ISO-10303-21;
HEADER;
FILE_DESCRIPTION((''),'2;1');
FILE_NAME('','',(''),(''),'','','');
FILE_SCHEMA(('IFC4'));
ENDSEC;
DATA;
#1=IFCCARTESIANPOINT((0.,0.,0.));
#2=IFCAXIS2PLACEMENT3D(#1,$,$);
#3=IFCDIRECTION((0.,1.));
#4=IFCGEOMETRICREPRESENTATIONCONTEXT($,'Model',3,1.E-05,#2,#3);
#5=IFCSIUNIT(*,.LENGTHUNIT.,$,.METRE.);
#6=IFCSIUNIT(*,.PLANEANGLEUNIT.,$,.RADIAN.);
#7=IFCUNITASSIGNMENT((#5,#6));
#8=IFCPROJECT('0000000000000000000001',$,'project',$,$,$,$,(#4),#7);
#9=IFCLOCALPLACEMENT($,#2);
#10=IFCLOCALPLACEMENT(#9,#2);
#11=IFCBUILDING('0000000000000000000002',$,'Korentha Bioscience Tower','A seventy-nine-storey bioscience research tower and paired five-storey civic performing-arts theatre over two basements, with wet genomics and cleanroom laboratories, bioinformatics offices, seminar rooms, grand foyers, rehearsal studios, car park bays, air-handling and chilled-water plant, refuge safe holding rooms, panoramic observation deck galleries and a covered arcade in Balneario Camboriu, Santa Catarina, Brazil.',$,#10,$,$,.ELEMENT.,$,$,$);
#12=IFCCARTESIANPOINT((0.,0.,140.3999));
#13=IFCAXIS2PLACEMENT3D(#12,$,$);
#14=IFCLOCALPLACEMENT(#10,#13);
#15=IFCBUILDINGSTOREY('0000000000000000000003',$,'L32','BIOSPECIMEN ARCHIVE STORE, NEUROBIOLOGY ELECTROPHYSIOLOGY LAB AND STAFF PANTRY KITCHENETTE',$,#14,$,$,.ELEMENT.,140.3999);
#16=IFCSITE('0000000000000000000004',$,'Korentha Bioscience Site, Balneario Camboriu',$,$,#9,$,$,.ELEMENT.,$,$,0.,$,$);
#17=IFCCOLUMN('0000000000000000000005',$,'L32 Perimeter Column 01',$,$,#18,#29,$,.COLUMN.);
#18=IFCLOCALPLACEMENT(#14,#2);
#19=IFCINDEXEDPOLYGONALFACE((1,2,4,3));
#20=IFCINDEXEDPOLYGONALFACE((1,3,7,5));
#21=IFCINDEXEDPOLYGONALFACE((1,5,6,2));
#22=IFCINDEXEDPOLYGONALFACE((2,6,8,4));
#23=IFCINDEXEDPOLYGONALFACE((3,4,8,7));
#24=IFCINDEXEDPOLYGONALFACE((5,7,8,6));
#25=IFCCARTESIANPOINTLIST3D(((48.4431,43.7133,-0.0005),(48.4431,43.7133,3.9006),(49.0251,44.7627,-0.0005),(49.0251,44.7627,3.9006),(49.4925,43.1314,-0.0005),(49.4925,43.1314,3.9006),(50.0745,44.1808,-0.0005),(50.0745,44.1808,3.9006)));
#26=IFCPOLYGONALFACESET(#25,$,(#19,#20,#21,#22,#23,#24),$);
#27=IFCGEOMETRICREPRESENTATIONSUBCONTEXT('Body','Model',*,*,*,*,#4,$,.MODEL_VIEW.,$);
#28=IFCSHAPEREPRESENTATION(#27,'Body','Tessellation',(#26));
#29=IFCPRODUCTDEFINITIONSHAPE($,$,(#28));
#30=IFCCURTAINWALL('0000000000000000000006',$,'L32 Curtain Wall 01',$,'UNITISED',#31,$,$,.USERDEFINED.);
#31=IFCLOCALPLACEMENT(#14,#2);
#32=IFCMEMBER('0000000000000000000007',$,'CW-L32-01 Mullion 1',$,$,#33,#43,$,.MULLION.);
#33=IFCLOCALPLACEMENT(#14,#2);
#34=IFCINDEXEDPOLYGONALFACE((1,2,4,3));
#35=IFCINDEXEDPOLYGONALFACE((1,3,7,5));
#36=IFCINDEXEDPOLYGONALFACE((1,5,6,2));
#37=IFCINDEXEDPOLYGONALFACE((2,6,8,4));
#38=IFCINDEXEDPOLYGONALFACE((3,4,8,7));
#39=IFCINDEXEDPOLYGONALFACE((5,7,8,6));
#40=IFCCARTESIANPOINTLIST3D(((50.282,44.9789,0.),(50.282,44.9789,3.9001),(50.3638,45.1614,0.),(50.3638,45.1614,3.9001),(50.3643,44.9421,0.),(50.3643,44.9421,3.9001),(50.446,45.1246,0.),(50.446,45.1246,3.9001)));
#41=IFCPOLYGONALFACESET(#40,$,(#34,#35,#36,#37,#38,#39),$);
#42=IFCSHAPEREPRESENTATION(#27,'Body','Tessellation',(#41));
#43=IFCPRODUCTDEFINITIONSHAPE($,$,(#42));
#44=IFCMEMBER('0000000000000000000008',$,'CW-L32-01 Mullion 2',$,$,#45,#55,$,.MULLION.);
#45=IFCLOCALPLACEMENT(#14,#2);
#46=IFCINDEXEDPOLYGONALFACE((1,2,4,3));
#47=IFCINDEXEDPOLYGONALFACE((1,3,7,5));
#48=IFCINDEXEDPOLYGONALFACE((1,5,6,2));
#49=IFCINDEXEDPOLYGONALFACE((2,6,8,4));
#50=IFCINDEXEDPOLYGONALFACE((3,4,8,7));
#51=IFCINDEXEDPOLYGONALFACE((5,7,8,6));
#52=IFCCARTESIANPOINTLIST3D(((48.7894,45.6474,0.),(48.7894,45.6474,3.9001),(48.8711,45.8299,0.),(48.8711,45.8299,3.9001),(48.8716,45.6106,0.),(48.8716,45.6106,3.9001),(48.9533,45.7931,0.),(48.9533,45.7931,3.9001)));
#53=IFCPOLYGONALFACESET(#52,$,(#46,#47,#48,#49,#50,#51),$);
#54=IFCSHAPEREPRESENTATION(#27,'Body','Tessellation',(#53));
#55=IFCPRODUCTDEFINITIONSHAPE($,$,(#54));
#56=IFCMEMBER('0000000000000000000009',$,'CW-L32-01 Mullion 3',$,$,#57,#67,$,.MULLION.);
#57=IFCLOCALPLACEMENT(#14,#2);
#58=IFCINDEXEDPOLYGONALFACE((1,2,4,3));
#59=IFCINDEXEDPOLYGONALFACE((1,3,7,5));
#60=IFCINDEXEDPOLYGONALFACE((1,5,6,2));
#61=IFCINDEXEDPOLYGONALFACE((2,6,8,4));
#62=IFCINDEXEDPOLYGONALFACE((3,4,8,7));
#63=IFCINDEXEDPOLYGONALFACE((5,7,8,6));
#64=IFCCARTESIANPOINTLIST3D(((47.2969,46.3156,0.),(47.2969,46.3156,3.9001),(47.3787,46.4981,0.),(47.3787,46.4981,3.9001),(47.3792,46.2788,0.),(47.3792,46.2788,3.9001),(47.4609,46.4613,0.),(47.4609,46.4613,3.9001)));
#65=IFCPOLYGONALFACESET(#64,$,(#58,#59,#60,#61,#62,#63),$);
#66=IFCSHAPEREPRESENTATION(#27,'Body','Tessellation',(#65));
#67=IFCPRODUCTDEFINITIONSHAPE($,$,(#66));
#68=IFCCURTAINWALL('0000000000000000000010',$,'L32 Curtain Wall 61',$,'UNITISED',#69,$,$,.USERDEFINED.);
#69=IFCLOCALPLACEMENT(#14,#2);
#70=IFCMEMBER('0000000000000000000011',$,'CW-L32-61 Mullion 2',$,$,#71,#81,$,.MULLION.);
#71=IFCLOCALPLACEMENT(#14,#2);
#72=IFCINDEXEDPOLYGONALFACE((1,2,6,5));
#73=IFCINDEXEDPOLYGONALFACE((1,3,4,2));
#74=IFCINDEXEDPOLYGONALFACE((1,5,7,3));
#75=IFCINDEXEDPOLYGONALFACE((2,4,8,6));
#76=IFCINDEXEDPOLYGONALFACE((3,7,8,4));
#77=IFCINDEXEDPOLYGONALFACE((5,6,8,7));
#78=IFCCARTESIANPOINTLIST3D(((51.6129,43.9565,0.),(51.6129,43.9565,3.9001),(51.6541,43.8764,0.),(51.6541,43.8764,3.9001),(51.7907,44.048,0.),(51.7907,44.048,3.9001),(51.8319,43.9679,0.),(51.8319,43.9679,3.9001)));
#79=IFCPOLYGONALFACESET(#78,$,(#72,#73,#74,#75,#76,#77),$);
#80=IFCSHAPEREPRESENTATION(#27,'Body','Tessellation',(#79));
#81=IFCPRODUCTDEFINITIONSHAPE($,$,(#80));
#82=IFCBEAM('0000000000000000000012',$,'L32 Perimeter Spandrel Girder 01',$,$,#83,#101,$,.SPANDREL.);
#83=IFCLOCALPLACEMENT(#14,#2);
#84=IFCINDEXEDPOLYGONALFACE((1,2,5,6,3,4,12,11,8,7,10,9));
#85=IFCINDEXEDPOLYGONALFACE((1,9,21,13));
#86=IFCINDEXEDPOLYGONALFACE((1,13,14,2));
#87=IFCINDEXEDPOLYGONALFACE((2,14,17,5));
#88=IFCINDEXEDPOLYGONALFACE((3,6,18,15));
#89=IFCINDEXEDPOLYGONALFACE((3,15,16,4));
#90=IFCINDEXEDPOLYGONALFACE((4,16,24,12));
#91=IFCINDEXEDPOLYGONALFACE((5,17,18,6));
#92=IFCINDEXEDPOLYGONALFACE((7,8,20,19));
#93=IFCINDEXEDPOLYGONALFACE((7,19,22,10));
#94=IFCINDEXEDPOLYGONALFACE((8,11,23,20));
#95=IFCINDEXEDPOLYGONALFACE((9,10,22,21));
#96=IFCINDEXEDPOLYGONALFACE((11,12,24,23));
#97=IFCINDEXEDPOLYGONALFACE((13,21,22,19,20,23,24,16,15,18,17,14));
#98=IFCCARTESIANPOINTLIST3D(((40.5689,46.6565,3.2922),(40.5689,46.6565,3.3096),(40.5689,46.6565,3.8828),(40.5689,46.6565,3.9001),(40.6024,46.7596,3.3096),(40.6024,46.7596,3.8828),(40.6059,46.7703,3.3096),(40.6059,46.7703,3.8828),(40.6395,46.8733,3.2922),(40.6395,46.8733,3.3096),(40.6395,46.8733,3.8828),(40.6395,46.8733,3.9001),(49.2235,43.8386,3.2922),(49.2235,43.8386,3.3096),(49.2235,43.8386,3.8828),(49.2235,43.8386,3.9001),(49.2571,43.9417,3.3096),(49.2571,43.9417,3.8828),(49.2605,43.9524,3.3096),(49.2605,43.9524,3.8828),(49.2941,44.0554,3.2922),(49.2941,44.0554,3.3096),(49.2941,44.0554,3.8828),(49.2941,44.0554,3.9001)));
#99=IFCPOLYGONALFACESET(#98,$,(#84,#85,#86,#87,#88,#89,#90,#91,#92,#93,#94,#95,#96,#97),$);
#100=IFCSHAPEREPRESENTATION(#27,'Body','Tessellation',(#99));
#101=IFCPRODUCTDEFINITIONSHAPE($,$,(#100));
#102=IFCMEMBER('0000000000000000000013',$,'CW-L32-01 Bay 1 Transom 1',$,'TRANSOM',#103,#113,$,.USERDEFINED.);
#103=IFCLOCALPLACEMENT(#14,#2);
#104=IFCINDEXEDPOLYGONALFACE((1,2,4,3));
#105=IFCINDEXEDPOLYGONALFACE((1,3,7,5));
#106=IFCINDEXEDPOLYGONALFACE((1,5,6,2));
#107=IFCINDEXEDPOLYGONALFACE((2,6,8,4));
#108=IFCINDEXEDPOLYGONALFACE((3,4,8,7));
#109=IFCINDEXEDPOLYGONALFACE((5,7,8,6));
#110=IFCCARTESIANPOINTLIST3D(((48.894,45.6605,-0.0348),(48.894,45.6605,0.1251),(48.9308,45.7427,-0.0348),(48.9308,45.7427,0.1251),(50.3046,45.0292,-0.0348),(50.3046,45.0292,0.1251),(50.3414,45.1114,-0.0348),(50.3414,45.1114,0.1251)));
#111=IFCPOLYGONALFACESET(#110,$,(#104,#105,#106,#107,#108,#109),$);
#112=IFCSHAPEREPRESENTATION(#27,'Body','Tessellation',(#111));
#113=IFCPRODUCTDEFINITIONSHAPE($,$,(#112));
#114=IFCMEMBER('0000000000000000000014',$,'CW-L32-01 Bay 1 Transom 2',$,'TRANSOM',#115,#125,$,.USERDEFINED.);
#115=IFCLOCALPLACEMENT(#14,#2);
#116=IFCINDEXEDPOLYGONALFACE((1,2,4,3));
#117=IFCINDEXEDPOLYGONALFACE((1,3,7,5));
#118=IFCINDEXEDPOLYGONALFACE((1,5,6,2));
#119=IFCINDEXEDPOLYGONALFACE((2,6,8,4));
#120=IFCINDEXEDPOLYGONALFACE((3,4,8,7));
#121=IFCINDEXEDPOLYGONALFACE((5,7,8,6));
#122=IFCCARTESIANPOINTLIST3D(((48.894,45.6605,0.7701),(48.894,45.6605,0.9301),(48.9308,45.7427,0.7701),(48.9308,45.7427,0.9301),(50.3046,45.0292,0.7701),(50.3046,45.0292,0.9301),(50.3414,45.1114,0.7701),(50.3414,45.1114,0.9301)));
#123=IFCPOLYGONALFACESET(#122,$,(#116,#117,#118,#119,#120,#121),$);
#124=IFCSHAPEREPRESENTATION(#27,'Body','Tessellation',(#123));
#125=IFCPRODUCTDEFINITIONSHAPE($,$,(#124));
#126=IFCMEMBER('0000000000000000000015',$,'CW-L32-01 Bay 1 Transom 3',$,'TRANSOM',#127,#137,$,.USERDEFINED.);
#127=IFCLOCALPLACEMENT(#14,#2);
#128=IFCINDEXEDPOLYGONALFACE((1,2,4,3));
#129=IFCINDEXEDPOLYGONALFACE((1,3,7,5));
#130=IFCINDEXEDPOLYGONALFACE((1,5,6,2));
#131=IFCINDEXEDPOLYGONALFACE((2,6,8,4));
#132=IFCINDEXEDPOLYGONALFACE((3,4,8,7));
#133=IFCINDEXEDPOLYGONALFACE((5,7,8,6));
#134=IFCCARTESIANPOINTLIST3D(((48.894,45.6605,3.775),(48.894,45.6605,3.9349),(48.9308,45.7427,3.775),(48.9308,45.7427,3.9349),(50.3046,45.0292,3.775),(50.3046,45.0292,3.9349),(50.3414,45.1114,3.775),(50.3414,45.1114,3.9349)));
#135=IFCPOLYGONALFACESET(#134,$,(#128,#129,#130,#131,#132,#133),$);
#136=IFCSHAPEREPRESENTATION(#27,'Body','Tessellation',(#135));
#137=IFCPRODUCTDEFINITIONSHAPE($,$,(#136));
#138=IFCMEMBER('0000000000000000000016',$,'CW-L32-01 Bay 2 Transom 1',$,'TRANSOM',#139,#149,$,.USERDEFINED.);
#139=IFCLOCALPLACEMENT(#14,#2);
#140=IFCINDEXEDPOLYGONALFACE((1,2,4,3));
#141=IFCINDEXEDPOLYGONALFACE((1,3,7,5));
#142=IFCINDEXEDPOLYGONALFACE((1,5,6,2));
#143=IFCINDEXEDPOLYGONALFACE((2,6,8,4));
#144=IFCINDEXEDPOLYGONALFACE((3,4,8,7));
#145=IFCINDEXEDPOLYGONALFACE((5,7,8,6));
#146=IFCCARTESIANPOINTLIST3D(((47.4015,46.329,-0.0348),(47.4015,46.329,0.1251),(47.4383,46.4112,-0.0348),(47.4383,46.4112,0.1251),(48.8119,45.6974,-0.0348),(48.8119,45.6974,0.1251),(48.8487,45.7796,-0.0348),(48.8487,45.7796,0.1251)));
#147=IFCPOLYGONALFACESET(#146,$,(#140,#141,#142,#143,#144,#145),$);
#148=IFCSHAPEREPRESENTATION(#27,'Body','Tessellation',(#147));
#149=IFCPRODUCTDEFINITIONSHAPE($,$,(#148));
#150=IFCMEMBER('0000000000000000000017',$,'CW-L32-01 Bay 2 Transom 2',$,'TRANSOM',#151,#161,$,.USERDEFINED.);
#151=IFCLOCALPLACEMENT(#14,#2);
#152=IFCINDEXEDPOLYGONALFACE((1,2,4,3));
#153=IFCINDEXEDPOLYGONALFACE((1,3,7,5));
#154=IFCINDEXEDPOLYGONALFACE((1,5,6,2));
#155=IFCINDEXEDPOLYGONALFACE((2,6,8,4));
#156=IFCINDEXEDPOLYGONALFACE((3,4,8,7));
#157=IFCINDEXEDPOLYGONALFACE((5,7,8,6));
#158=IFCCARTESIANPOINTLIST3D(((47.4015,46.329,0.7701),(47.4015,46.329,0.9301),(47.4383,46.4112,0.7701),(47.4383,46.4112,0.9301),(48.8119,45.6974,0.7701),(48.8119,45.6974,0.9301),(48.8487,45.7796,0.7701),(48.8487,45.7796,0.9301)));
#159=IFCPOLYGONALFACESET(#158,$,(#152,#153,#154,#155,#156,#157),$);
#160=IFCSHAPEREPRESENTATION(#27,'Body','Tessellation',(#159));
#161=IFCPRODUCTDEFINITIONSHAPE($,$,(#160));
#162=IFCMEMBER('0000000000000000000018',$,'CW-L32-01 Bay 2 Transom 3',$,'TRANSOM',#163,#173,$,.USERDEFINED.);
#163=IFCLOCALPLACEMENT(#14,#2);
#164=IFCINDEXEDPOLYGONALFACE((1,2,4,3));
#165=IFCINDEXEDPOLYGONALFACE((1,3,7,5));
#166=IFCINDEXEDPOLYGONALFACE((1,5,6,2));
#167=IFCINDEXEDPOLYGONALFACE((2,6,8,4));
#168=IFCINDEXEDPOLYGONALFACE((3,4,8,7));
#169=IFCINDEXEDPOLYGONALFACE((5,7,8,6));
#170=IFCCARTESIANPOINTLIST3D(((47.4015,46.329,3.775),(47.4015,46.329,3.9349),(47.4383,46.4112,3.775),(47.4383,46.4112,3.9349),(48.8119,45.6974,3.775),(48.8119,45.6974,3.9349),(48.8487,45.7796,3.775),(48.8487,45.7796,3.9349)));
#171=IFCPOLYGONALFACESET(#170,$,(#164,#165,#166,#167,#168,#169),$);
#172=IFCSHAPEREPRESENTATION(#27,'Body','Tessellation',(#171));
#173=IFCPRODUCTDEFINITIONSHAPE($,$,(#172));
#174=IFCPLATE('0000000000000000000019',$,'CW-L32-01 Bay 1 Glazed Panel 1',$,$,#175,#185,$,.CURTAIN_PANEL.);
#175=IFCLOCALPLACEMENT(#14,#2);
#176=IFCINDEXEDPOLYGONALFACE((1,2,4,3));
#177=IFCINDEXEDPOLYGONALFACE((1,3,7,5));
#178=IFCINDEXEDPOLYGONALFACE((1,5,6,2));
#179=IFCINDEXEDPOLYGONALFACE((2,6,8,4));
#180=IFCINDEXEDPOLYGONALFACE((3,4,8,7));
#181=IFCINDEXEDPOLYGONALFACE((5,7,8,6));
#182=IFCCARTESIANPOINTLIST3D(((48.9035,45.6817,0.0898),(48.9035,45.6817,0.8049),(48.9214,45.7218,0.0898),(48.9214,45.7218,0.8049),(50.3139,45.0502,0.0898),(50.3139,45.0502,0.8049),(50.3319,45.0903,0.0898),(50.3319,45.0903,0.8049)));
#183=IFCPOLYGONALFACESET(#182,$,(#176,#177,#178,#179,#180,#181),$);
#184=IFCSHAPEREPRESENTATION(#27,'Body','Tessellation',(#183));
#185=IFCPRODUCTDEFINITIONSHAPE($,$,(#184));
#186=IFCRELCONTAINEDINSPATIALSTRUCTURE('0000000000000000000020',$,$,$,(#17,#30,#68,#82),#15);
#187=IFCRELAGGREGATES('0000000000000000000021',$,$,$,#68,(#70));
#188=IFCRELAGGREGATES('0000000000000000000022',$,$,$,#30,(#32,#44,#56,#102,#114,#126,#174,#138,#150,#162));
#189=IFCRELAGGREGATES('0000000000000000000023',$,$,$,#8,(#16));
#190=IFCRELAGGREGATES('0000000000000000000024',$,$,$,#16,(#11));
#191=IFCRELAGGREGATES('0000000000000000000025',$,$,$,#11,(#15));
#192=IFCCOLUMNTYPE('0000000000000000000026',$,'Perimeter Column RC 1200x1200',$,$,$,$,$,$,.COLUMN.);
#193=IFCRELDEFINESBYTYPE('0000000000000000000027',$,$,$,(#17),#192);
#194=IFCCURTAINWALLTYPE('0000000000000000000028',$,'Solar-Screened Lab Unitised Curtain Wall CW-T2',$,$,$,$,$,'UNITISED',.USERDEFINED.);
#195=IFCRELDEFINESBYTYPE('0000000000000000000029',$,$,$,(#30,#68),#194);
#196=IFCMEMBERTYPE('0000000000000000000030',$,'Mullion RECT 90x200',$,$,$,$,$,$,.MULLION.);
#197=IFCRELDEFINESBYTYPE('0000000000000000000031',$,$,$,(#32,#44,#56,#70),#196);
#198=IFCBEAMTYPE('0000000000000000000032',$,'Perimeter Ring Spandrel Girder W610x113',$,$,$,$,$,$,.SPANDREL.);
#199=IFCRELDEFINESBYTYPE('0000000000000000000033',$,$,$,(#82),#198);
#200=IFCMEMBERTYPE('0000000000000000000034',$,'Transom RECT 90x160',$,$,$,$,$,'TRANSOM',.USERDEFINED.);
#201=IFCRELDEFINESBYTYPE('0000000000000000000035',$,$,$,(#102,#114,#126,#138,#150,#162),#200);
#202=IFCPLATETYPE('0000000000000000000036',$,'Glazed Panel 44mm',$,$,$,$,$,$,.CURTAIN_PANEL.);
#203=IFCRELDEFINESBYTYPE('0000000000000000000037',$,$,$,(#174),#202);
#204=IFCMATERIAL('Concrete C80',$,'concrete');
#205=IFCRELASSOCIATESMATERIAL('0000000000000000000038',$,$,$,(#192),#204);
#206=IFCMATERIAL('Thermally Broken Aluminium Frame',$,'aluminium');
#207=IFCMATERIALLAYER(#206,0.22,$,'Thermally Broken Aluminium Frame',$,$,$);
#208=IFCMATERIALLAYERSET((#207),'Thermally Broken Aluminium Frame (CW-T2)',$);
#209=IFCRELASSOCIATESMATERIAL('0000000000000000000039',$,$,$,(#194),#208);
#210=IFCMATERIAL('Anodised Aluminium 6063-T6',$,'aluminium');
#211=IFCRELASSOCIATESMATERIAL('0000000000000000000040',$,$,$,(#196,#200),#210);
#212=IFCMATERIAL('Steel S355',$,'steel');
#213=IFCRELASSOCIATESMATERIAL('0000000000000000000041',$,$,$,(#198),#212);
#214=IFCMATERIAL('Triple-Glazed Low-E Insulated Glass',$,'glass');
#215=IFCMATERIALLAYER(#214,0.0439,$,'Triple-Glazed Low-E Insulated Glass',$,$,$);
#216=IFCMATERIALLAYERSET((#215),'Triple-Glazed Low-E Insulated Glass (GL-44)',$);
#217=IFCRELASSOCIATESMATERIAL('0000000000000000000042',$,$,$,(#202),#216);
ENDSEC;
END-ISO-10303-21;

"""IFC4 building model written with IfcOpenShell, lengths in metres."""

from ifc_helpers import new_model, si_unit, direction, frame, origin, origin_2d, place, context, subcontext, project, spatial, rectangle, i_section, extrude, material, layer, layer_set, material_profile, profile_set, type_object, element, aggregate, save


model = new_model("IFC4")

# Units and contexts
model_context = context("Model", 3, precision=1e-05, world=origin(), true_north=direction((0.0, 1.0)))
body_context = subcontext(model_context, "Body", "Model", "MODEL_VIEW")
ifc_project = project(units=[si_unit("LENGTHUNIT", "METRE"), si_unit("PLANEANGLEUNIT", "RADIAN")], contexts=[model_context])

# Site, building, storey
site_placement = place(None, origin())
site = spatial("IfcSite", under=ifc_project, at=site_placement, Name="Korentha Bioscience Site, Balneario Camboriu", CompositionType="ELEMENT", RefElevation=0.0)
building_placement = place(site_placement, origin())
building = spatial("IfcBuilding", under=site, at=building_placement, Name="Korentha Bioscience Tower", Description="A seventy-nine-storey bioscience research tower and paired five-storey civic performing-arts theatre over two basements, with wet genomics and cleanroom laboratories, bioinformatics offices, seminar rooms, grand foyers, rehearsal studios, car park bays, air-handling and chilled-water plant, refuge safe holding rooms, panoramic observation deck galleries and a covered arcade in Balneario Camboriu, Santa Catarina, Brazil.", CompositionType="ELEMENT")
storey_placement = place(building_placement, frame((0.0, 0.0, 140.3999)))
storey = spatial("IfcBuildingStorey", under=building, at=storey_placement, Name="L32", Description="BIOSPECIMEN ARCHIVE STORE, NEUROBIOLOGY ELECTROPHYSIOLOGY LAB AND STAFF PANTRY KITCHENETTE", CompositionType="ELEMENT", Elevation=140.3999)

# Column
ifc_material_1 = material(Name="Concrete C80", Category="concrete")
ifc_material_profile_1 = material_profile(ifc_material_1, rectangle(XDim=1.2, YDim=1.2, at=origin_2d()), Name="Concrete C80")
ifc_profile_set_1 = profile_set([ifc_material_profile_1], Name="Concrete C80 (COL-P12)")
column_type = type_object("IfcColumnType", Name="Perimeter Column RC 1200x1200", PredefinedType="COLUMN", material=ifc_profile_set_1)
column_placement = place(storey_placement, frame((49.2588, 43.947, -0.0005), z_axis=(0.0, 0.0, 1.0), x_axis=(-0.874535, 0.484962, 0.0)))
element("IfcColumn", 1, at=column_placement, inside=storey, type_object=column_type, Name="L32 Perimeter Column 01", PredefinedType="COLUMN", context=body_context, shape_type="SweptSolid", body=[
    extrude(rectangle(XDim=1.2, YDim=1.2, at=origin_2d()), origin(), (0.0, 0.0, 1.0), 3.9011),
])

# Curtain wall, members
ifc_material_2 = material(Name="Thermally Broken Aluminium Frame", Category="aluminium")
ifc_layer_1 = layer(ifc_material_2, 0.22, Name="Thermally Broken Aluminium Frame")
ifc_layer_set_1 = layer_set([ifc_layer_1], Name="Thermally Broken Aluminium Frame (CW-T2)")
curtain_wall_type = type_object("IfcCurtainWallType", Name="Solar-Screened Lab Unitised Curtain Wall CW-T2", ElementType="UNITISED", PredefinedType="USERDEFINED", material=ifc_layer_set_1)
curtain_wall_1_placement = place(storey_placement, origin())
curtain_wall_1 = element("IfcCurtainWall", 2, at=curtain_wall_1_placement, inside=storey, type_object=curtain_wall_type, Name="L32 Curtain Wall 01", ObjectType="UNITISED", PredefinedType="USERDEFINED")
ifc_material_3 = material(Name="Anodised Aluminium 6063-T6", Category="aluminium")
ifc_material_profile_2 = material_profile(ifc_material_3, rectangle(XDim=0.0901, YDim=0.2, at=origin_2d()), Name="Anodised Aluminium 6063-T6")
ifc_profile_set_2 = profile_set([ifc_material_profile_2], Name="Anodised Aluminium 6063-T6 (CW-MUL)")
member_type_1 = type_object("IfcMemberType", Name="Mullion RECT 90x200", PredefinedType="MULLION", material=ifc_profile_set_2)
member_1_placement = place(storey_placement, frame((50.364, 45.0518, 0.0), z_axis=(0.0, 0.0, 1.0), x_axis=(-0.912687, 0.40866, 0.0)))
member_1 = element("IfcMember", 3, at=member_1_placement, type_object=member_type_1, Name="CW-L32-01 Mullion 1", PredefinedType="MULLION", context=body_context, shape_type="SweptSolid", body=[
    extrude(rectangle(XDim=0.0901, YDim=0.2, at=origin_2d()), origin(), (0.0, 0.0, 1.0), 3.9001),
])
member_2_placement = place(storey_placement, frame((48.8713, 45.7202, 0.0), z_axis=(0.0, 0.0, 1.0), x_axis=(-0.912687, 0.40866, 0.0)))
member_2 = element("IfcMember", 4, at=member_2_placement, type_object=member_type_1, Name="CW-L32-01 Mullion 2", PredefinedType="MULLION", context=body_context, shape_type="SweptSolid", body=[
    extrude(rectangle(XDim=0.0901, YDim=0.2, at=origin_2d()), origin(), (0.0, 0.0, 1.0), 3.9001),
])
member_3_placement = place(storey_placement, frame((47.3789, 46.3884, 0.0), z_axis=(0.0, 0.0, 1.0), x_axis=(-0.912687, 0.40866, 0.0)))
member_3 = element("IfcMember", 5, at=member_3_placement, type_object=member_type_1, Name="CW-L32-01 Mullion 3", PredefinedType="MULLION", context=body_context, shape_type="SweptSolid", body=[
    extrude(rectangle(XDim=0.0901, YDim=0.2, at=origin_2d()), origin(), (0.0, 0.0, 1.0), 3.9001),
])

# Curtain wall, member
curtain_wall_2_placement = place(storey_placement, origin())
curtain_wall_2 = element("IfcCurtainWall", 6, at=curtain_wall_2_placement, inside=storey, type_object=curtain_wall_type, Name="L32 Curtain Wall 61", ObjectType="UNITISED", PredefinedType="USERDEFINED")
member_4_placement = place(storey_placement, frame((51.7224, 43.9622, 0.0), z_axis=(0.0, 0.0, 1.0), x_axis=(-0.457613, 0.889151, 0.0)))
member_4 = element("IfcMember", 7, at=member_4_placement, type_object=member_type_1, Name="CW-L32-61 Mullion 2", PredefinedType="MULLION", context=body_context, shape_type="SweptSolid", body=[
    extrude(rectangle(XDim=0.0901, YDim=0.2, at=origin_2d()), origin(), (0.0, 0.0, 1.0), 3.9001),
])
aggregate(curtain_wall_2, [member_4])

# Beam
ifc_material_4 = material(Name="Steel S355", Category="steel")
ifc_material_profile_3 = material_profile(ifc_material_4, i_section(OverallWidth=0.228, OverallDepth=0.6079, WebThickness=0.0112, FlangeThickness=0.0173, at=origin_2d()), Name="Steel S355")
ifc_profile_set_3 = profile_set([ifc_material_profile_3], Name="Steel S355 (SB-610)")
beam_type = type_object("IfcBeamType", Name="Perimeter Ring Spandrel Girder W610x113", PredefinedType="SPANDREL", material=ifc_profile_set_3)
beam_placement = place(storey_placement, frame((49.2588, 43.947, 3.5962), z_axis=(-0.950868, 0.309597, 0.0), x_axis=(-0.309597, -0.950868, 0.0)))
element("IfcBeam", 8, at=beam_placement, inside=storey, type_object=beam_type, Name="L32 Perimeter Spandrel Girder 01", PredefinedType="SPANDREL", context=body_context, shape_type="SweptSolid", body=[
    extrude(i_section(OverallWidth=0.228, OverallDepth=0.6079, WebThickness=0.0112, FlangeThickness=0.0173, at=origin_2d()), origin(), (0.0, 0.0, 1.0), 9.1018),
])

# Members
ifc_material_profile_4 = material_profile(ifc_material_3, rectangle(XDim=0.0901, YDim=0.1599, at=origin_2d()), Name="Anodised Aluminium 6063-T6")
ifc_profile_set_4 = profile_set([ifc_material_profile_4], Name="Anodised Aluminium 6063-T6 (CW-TRN)")
member_type_2 = type_object("IfcMemberType", Name="Transom RECT 90x160", ElementType="TRANSOM", PredefinedType="USERDEFINED", material=ifc_profile_set_4)
member_5_placement = place(storey_placement, frame((50.323, 45.0703, 0.0452), z_axis=(-0.912753, 0.408512, 0.0), x_axis=(-0.408512, -0.912753, 0.0)))
member_5 = element("IfcMember", 9, at=member_5_placement, type_object=member_type_2, Name="CW-L32-01 Bay 1 Transom 1", ObjectType="TRANSOM", PredefinedType="USERDEFINED", context=body_context, shape_type="SweptSolid", body=[
    extrude(rectangle(XDim=0.0901, YDim=0.1599, at=origin_2d()), origin(), (0.0, 0.0, 1.0), 1.5454),
])
member_6_placement = place(storey_placement, frame((50.323, 45.0703, 0.8501), z_axis=(-0.912753, 0.408512, 0.0), x_axis=(-0.408512, -0.912753, 0.0)))
member_6 = element("IfcMember", 10, at=member_6_placement, type_object=member_type_2, Name="CW-L32-01 Bay 1 Transom 2", ObjectType="TRANSOM", PredefinedType="USERDEFINED", context=body_context, shape_type="SweptSolid", body=[
    extrude(rectangle(XDim=0.0901, YDim=0.1599, at=origin_2d()), origin(), (0.0, 0.0, 1.0), 1.5454),
])
member_7_placement = place(storey_placement, frame((50.323, 45.0703, 3.855), z_axis=(-0.912753, 0.408512, 0.0), x_axis=(-0.408512, -0.912753, 0.0)))
member_7 = element("IfcMember", 11, at=member_7_placement, type_object=member_type_2, Name="CW-L32-01 Bay 1 Transom 3", ObjectType="TRANSOM", PredefinedType="USERDEFINED", context=body_context, shape_type="SweptSolid", body=[
    extrude(rectangle(XDim=0.0901, YDim=0.1599, at=origin_2d()), origin(), (0.0, 0.0, 1.0), 1.5454),
])
member_8_placement = place(storey_placement, frame((48.8303, 45.7385, 0.0452), z_axis=(-0.912668, 0.408702, 0.0), x_axis=(-0.408702, -0.912668, 0.0)))
member_8 = element("IfcMember", 12, at=member_8_placement, type_object=member_type_2, Name="CW-L32-01 Bay 2 Transom 1", ObjectType="TRANSOM", PredefinedType="USERDEFINED", context=body_context, shape_type="SweptSolid", body=[
    extrude(rectangle(XDim=0.0901, YDim=0.1599, at=origin_2d()), origin(), (0.0, 0.0, 1.0), 1.5454),
])
member_9_placement = place(storey_placement, frame((48.8303, 45.7385, 0.8501), z_axis=(-0.912668, 0.408702, 0.0), x_axis=(-0.408702, -0.912668, 0.0)))
member_9 = element("IfcMember", 13, at=member_9_placement, type_object=member_type_2, Name="CW-L32-01 Bay 2 Transom 2", ObjectType="TRANSOM", PredefinedType="USERDEFINED", context=body_context, shape_type="SweptSolid", body=[
    extrude(rectangle(XDim=0.0901, YDim=0.1599, at=origin_2d()), origin(), (0.0, 0.0, 1.0), 1.5454),
])
member_10_placement = place(storey_placement, frame((48.8303, 45.7385, 3.855), z_axis=(-0.912668, 0.408702, 0.0), x_axis=(-0.408702, -0.912668, 0.0)))
member_10 = element("IfcMember", 14, at=member_10_placement, type_object=member_type_2, Name="CW-L32-01 Bay 2 Transom 3", ObjectType="TRANSOM", PredefinedType="USERDEFINED", context=body_context, shape_type="SweptSolid", body=[
    extrude(rectangle(XDim=0.0901, YDim=0.1599, at=origin_2d()), origin(), (0.0, 0.0, 1.0), 1.5454),
])

# Plate
ifc_material_5 = material(Name="Triple-Glazed Low-E Insulated Glass", Category="glass")
ifc_layer_2 = layer(ifc_material_5, 0.0439, Name="Triple-Glazed Low-E Insulated Glass")
ifc_layer_set_2 = layer_set([ifc_layer_2], Name="Triple-Glazed Low-E Insulated Glass (GL-44)")
plate_type = type_object("IfcPlateType", Name="Glazed Panel 44mm", PredefinedType="CURTAIN_PANEL", material=ifc_layer_set_2)
plate_1_placement = place(storey_placement, frame((49.6177, 45.386, 0.0898), z_axis=(0.0, 0.0, 1.0), x_axis=(-0.912687, 0.40866, 0.0)))
plate_1 = element("IfcPlate", 15, at=plate_1_placement, type_object=plate_type, Name="CW-L32-01 Bay 1 Glazed Panel 1", PredefinedType="CURTAIN_PANEL", context=body_context, shape_type="SweptSolid", body=[
    extrude(rectangle(XDim=1.5454, YDim=0.0439, at=origin_2d()), origin(), (0.0, 0.0, 1.0), 0.7151),
])
aggregate(curtain_wall_1, [member_1, member_2, member_3, member_5, member_6, member_7, plate_1, member_8, member_9, member_10])

save(model, "model.ifc")
